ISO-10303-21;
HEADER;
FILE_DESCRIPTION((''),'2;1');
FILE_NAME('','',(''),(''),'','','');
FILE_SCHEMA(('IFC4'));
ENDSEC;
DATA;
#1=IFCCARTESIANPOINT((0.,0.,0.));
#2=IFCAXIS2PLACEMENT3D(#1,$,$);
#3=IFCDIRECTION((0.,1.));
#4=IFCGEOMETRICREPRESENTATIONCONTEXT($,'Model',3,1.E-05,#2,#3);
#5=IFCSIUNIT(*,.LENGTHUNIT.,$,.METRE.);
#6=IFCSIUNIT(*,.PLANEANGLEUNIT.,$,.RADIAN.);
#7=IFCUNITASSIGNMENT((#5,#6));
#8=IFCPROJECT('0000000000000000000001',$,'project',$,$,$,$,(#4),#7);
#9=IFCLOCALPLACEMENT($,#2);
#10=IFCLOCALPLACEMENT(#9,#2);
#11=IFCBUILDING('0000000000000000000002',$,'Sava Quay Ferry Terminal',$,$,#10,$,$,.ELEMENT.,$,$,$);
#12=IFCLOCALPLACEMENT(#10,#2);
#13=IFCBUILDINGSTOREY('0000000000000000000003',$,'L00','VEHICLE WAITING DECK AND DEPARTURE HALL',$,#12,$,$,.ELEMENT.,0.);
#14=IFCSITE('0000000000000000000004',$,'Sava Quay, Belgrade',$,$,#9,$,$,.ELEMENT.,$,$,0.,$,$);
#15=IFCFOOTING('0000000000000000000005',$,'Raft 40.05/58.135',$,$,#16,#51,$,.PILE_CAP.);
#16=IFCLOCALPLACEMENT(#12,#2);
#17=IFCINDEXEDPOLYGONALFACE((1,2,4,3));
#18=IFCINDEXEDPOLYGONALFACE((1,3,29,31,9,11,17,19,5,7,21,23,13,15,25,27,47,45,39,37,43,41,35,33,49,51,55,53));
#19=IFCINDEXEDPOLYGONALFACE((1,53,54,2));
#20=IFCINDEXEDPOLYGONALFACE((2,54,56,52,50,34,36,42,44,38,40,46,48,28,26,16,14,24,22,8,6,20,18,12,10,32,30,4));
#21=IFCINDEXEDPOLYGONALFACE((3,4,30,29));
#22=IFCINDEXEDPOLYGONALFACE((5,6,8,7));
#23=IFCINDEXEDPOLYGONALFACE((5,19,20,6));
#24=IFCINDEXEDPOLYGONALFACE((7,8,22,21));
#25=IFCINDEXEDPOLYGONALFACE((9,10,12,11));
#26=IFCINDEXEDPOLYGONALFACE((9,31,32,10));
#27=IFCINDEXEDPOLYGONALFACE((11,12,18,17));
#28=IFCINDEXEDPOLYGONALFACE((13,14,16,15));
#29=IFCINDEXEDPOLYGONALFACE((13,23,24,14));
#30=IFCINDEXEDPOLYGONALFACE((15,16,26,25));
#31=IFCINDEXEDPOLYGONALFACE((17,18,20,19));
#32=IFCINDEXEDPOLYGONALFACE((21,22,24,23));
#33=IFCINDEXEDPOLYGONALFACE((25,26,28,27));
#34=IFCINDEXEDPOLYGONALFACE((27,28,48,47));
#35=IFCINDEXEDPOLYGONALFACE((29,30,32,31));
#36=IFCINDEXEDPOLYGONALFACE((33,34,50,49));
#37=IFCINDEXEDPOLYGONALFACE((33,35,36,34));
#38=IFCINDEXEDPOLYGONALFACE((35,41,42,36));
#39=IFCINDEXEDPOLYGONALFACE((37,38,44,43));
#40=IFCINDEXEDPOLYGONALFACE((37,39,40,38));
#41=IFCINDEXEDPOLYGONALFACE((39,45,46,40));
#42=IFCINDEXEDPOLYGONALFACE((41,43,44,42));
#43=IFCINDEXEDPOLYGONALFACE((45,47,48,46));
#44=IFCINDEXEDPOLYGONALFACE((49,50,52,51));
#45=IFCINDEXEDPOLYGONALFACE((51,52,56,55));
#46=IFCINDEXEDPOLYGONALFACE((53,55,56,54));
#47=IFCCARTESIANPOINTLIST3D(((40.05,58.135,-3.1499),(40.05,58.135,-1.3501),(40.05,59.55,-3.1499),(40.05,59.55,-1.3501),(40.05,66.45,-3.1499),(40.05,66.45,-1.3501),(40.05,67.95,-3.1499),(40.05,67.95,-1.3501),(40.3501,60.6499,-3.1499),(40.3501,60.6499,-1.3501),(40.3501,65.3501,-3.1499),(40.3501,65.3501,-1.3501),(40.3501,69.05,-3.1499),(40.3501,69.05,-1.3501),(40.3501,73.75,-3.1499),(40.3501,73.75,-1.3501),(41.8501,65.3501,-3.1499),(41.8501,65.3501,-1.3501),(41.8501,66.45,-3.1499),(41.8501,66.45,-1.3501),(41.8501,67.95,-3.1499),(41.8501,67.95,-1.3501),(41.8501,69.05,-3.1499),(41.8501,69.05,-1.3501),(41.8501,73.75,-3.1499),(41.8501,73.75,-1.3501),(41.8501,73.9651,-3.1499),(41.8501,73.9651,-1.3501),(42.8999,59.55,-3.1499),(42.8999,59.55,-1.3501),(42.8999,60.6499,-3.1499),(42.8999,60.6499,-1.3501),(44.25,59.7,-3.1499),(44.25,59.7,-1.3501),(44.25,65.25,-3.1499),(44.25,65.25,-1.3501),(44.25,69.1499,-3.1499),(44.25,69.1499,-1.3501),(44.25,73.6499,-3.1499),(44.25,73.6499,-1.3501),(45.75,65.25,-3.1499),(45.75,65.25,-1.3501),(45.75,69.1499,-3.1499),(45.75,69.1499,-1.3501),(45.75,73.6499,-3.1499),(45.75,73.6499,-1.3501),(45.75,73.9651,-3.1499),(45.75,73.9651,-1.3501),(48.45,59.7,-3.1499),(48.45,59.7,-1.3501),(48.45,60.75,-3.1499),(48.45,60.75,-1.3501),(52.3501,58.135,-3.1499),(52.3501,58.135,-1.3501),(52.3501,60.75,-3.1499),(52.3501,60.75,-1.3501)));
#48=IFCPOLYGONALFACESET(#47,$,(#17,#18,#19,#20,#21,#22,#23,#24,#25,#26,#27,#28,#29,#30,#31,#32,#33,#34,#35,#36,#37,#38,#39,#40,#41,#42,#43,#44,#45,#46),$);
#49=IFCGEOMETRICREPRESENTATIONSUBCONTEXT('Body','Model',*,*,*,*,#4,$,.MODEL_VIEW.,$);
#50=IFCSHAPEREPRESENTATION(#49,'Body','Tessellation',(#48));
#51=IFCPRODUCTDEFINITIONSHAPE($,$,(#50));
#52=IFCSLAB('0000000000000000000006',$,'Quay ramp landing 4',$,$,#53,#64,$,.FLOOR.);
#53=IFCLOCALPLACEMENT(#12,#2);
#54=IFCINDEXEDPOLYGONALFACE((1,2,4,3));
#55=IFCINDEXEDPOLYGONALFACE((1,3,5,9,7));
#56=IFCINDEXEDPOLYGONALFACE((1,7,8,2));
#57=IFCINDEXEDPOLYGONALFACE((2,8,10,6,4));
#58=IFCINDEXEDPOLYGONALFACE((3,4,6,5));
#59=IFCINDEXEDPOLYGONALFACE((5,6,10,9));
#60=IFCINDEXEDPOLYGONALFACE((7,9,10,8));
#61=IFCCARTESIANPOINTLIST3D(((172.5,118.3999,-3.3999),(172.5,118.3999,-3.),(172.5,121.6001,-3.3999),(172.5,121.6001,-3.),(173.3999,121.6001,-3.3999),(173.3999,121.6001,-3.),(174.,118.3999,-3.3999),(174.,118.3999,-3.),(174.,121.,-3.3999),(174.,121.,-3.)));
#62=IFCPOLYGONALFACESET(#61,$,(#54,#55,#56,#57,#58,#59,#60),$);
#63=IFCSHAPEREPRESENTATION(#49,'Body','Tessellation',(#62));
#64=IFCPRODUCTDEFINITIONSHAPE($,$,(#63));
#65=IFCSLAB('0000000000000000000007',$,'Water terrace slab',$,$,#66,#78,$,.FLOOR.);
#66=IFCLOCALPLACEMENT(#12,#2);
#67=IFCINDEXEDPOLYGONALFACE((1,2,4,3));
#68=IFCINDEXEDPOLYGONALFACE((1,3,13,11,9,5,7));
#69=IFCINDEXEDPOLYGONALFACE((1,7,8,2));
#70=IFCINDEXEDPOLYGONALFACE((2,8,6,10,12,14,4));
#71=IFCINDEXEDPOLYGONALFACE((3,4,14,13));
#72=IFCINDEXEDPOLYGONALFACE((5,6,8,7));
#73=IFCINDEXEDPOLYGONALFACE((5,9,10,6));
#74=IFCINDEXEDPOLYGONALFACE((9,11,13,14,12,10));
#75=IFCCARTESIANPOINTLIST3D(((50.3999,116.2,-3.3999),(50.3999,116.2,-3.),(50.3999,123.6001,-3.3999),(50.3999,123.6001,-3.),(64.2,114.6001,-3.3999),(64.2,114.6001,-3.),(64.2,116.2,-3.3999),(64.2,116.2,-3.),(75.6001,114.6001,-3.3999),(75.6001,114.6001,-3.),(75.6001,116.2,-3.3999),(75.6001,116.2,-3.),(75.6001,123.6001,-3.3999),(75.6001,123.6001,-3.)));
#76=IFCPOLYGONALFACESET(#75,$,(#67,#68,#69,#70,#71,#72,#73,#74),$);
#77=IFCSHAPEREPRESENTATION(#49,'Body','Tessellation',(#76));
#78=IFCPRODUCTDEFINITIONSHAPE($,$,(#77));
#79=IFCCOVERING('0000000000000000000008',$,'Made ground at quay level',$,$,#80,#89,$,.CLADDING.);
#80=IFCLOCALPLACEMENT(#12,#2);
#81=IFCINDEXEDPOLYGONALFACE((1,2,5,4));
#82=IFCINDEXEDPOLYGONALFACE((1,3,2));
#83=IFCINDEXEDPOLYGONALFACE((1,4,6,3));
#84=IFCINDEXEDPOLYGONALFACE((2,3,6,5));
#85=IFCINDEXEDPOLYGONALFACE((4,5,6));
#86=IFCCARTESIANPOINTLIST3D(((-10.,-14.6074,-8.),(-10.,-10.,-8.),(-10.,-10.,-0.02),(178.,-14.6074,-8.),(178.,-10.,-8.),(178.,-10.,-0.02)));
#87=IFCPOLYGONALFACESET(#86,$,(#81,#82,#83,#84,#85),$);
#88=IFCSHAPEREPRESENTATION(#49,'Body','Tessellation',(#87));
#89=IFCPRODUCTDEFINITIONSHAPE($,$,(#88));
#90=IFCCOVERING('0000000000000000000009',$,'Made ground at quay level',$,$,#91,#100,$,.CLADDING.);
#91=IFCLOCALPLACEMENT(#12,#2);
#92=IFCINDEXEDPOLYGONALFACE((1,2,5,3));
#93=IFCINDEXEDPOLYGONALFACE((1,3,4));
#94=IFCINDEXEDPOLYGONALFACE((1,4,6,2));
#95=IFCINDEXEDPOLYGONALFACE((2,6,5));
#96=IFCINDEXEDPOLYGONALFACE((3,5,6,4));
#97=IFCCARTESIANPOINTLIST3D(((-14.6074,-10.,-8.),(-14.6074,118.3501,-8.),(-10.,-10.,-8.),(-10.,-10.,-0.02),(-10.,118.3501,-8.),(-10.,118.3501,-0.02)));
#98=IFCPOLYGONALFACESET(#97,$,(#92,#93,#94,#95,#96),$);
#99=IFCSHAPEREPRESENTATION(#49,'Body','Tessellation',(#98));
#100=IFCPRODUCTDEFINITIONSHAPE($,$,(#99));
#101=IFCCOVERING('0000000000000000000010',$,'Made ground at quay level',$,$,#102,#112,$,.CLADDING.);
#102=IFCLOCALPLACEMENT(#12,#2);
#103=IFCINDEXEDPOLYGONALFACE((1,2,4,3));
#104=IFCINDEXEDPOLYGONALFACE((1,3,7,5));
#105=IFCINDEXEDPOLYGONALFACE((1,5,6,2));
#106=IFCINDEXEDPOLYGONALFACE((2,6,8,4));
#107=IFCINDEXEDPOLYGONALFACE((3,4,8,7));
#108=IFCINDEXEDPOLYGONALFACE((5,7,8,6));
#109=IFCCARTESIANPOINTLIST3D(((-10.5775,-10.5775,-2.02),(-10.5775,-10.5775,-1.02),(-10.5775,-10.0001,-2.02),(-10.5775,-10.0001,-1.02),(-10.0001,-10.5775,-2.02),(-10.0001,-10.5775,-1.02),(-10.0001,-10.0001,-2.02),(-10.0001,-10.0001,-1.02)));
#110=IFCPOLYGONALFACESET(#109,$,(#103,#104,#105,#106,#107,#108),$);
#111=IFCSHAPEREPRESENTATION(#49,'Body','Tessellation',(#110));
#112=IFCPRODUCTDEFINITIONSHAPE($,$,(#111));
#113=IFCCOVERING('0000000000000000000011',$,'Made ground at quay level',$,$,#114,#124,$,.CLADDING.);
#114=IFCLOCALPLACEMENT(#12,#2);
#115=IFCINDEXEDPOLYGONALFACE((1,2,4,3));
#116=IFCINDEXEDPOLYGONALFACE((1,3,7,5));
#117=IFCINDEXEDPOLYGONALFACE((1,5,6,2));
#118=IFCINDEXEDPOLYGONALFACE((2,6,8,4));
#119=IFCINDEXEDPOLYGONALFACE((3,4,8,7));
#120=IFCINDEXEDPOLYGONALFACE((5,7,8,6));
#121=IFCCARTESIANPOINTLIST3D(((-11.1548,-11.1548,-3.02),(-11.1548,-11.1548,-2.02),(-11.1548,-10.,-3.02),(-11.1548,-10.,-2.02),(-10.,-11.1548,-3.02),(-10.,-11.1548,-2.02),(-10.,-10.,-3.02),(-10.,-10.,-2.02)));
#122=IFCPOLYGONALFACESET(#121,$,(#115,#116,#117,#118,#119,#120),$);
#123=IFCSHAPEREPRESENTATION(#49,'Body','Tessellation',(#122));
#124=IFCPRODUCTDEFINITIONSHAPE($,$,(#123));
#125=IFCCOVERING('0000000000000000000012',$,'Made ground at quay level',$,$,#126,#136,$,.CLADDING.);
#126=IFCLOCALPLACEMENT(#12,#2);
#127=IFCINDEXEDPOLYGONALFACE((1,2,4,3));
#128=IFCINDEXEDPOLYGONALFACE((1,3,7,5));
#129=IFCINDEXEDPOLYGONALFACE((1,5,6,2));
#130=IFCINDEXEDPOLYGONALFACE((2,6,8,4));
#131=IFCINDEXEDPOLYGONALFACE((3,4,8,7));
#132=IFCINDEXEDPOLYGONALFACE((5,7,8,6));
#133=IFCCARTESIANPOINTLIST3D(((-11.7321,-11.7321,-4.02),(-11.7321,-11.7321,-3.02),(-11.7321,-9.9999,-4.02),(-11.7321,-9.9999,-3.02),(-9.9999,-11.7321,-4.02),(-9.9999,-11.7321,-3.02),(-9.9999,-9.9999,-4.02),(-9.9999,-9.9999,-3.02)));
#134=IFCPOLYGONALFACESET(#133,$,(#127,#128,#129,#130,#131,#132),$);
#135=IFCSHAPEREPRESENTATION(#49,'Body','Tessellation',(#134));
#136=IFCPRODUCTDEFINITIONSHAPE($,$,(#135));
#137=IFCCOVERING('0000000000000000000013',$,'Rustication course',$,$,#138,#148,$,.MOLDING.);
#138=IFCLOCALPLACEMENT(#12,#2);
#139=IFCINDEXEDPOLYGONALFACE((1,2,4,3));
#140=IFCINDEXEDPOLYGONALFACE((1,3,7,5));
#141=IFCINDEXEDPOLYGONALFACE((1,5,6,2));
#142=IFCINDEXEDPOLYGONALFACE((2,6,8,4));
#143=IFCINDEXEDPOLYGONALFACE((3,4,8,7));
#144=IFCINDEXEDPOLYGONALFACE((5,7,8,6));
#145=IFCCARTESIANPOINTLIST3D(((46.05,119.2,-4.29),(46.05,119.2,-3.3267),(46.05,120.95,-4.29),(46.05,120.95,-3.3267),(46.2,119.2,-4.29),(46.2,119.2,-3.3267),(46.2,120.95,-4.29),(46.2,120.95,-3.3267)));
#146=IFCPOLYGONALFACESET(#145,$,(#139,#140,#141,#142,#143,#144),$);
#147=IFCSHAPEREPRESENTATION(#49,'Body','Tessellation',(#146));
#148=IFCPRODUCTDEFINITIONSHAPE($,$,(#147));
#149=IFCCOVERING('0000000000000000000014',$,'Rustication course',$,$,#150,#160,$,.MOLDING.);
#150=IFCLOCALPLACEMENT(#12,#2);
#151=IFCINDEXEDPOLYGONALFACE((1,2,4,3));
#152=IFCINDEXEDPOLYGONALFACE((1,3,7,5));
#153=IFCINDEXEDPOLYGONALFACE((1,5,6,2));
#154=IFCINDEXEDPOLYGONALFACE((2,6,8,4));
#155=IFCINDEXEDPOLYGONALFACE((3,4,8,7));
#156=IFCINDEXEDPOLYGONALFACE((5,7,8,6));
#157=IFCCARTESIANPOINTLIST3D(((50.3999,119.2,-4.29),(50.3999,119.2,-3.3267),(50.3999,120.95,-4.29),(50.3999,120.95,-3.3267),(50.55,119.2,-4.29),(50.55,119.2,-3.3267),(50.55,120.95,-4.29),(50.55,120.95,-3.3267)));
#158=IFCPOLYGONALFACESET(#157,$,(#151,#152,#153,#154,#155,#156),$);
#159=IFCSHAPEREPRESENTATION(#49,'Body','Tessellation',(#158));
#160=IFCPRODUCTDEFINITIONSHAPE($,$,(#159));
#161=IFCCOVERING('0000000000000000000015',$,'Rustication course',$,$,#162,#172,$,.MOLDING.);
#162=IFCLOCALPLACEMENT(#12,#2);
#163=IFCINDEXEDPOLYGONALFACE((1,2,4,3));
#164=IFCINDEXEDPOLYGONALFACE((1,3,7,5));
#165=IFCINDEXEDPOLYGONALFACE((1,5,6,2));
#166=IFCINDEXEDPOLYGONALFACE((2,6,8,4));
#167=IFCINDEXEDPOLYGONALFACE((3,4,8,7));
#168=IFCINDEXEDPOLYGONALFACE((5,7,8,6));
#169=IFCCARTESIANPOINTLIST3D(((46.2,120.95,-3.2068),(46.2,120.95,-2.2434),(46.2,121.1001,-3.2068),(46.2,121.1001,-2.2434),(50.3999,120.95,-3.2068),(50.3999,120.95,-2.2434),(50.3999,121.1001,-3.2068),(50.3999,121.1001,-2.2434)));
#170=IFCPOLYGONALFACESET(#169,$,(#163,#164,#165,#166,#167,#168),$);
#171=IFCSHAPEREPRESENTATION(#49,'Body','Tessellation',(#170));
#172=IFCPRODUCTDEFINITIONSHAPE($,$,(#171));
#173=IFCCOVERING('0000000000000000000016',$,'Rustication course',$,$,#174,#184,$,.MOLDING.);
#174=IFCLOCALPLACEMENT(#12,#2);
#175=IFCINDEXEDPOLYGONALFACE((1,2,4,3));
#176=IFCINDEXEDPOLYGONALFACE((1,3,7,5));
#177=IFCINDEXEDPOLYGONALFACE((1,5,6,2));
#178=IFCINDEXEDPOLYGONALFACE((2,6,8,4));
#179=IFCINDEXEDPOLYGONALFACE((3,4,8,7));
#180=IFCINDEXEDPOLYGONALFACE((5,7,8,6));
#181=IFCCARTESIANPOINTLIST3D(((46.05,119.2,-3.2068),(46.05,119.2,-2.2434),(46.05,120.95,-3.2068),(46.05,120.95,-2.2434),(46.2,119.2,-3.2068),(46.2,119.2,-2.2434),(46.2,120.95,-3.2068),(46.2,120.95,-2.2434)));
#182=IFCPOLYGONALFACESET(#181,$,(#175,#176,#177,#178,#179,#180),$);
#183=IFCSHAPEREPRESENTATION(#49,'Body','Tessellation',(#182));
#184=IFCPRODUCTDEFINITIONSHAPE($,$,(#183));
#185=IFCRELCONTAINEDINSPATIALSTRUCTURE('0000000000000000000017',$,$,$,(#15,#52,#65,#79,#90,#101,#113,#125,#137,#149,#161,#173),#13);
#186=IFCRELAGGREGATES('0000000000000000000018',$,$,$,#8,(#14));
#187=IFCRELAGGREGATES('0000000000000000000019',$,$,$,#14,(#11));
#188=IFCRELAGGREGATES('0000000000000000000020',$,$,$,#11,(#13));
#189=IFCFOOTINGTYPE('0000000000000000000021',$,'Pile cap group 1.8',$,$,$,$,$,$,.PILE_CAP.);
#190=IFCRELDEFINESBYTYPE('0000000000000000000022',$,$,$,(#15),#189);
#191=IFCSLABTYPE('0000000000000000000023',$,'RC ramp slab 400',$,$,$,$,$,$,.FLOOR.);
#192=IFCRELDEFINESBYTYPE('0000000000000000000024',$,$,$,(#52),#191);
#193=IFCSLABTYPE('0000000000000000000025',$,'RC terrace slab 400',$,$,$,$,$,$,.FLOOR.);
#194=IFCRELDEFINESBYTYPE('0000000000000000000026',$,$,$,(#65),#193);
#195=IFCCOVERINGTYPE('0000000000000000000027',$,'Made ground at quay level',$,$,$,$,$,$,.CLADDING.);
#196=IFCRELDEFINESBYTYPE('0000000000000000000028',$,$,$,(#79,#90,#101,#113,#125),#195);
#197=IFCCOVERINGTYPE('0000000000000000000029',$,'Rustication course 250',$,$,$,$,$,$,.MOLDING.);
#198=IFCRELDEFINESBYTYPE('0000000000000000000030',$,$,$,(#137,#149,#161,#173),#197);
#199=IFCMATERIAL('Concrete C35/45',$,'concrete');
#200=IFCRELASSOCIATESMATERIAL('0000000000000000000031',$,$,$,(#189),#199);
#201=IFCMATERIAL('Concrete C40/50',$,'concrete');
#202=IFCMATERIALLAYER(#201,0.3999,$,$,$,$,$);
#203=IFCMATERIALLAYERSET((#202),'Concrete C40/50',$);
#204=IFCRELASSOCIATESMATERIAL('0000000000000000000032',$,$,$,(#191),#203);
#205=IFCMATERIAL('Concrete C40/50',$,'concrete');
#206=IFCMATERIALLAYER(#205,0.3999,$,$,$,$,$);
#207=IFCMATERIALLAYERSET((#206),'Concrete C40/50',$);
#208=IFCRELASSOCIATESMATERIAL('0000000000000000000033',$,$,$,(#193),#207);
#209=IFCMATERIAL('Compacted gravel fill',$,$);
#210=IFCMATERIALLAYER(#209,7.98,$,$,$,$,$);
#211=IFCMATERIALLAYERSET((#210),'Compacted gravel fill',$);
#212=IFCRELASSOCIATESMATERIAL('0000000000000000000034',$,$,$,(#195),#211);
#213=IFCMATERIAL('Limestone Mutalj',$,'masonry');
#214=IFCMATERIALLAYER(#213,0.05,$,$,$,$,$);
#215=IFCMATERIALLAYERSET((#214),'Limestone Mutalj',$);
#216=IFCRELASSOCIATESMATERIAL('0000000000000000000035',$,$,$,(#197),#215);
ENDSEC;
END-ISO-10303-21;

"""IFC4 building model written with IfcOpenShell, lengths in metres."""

from ifc_helpers import new_model, si_unit, direction, frame, origin, origin_2d, place, context, subcontext, project, spatial, polyline, rectangle, outline, extrude, material, layer, layer_set, type_object, element, save


model = new_model("IFC4")

# Units and contexts
model_context = context("Model", 3, precision=1e-05, world=origin(), true_north=direction((0.0, 1.0)))
body_context = subcontext(model_context, "Body", "Model", "MODEL_VIEW")
ifc_project = project(units=[si_unit("LENGTHUNIT", "METRE"), si_unit("PLANEANGLEUNIT", "RADIAN")], contexts=[model_context])

# Site, building, storey
site_placement = place(None, origin())
site = spatial("IfcSite", under=ifc_project, at=site_placement, Name="Sava Quay, Belgrade", CompositionType="ELEMENT", RefElevation=0.0)
building_placement = place(site_placement, origin())
building = spatial("IfcBuilding", under=site, at=building_placement, Name="Sava Quay Ferry Terminal", CompositionType="ELEMENT")
storey_placement = place(building_placement, origin())
storey = spatial("IfcBuildingStorey", under=building, at=storey_placement, Name="L00", Description="VEHICLE WAITING DECK AND DEPARTURE HALL", CompositionType="ELEMENT", Elevation=0.0)

# Footing
ifc_material_1 = material(Name="Concrete C35/45", Category="concrete")
footing_type = type_object("IfcFootingType", Name="Pile cap group 1.8", PredefinedType="PILE_CAP", material=ifc_material_1)
footing_1_placement = place(storey_placement, frame((0.0, 0.0, -3.1499)))
element("IfcFooting", 1, at=footing_1_placement, inside=storey, type_object=footing_type, Name="Raft 40.05/58.135", PredefinedType="PILE_CAP", context=body_context, shape_type="SweptSolid", body=[
    extrude(outline(polyline([(40.05, 59.55), (42.8999, 59.55), (42.8999, 60.6499), (40.3501, 60.6499), (40.3501, 65.3501), (41.8501, 65.3501), (41.8501, 66.45), (40.05, 66.45), (40.05, 67.95), (41.8501, 67.95), (41.8501, 69.05), (40.3501, 69.05), (40.3501, 73.75), (41.8501, 73.75), (41.8501, 73.9651), (45.75, 73.9651), (45.75, 73.6499), (44.25, 73.6499), (44.25, 69.1499), (45.75, 69.1499), (45.75, 65.25), (44.25, 65.25), (44.25, 59.7), (48.45, 59.7), (48.45, 60.75), (52.3501, 60.75), (52.3501, 58.135), (40.05, 58.135), (40.05, 59.55)])), origin(), (0.0, 0.0, 1.0), 1.7998),
])

# Slabs
ifc_material_2 = material(Name="Concrete C40/50", Category="concrete")
ifc_layer_1 = layer(ifc_material_2, 0.3999)
ifc_layer_set_1 = layer_set([ifc_layer_1], Name="Concrete C40/50")
slab_type_1 = type_object("IfcSlabType", Name="RC ramp slab 400", PredefinedType="FLOOR", material=ifc_layer_set_1)
slab_1_placement = place(storey_placement, frame((0.0, 0.0, -3.3999)))
element("IfcSlab", 2, at=slab_1_placement, inside=storey, type_object=slab_type_1, Name="Quay ramp landing 4", PredefinedType="FLOOR", context=body_context, shape_type="SweptSolid", body=[
    extrude(outline(polyline([(172.5, 118.3999), (174.0, 118.3999), (174.0, 121.0), (173.3999, 121.6001), (172.5, 121.6001), (172.5, 118.3999)])), origin(), (0.0, 0.0, 1.0), 0.3999),
])
ifc_material_3 = material(Name="Concrete C40/50", Category="concrete")
ifc_layer_2 = layer(ifc_material_3, 0.3999)
ifc_layer_set_2 = layer_set([ifc_layer_2], Name="Concrete C40/50")
slab_type_2 = type_object("IfcSlabType", Name="RC terrace slab 400", PredefinedType="FLOOR", material=ifc_layer_set_2)
slab_2_placement = place(storey_placement, frame((0.0, 0.0, -3.3999)))
element("IfcSlab", 3, at=slab_2_placement, inside=storey, type_object=slab_type_2, Name="Water terrace slab", PredefinedType="FLOOR", context=body_context, shape_type="SweptSolid", body=[
    extrude(outline(polyline([(75.6001, 114.6001), (64.2, 114.6001), (64.2, 116.2), (50.3999, 116.2), (50.3999, 123.6001), (75.6001, 123.6001), (75.6001, 116.2), (75.6001, 114.6001)])), origin(), (0.0, 0.0, 1.0), 0.3999),
])

# Coverings
ifc_material_4 = material(Name="Compacted gravel fill")
ifc_layer_3 = layer(ifc_material_4, 7.98)
ifc_layer_set_3 = layer_set([ifc_layer_3], Name="Compacted gravel fill")
covering_type_1 = type_object("IfcCoveringType", Name="Made ground at quay level", PredefinedType="CLADDING", material=ifc_layer_set_3)
covering_1_placement = place(storey_placement, frame((-10.0, -10.0, -0.02), z_axis=(1.0, 0.0, 0.0), x_axis=(0.0, 1.0, 0.0)))
element("IfcCovering", 4, at=covering_1_placement, inside=storey, type_object=covering_type_1, Name="Made ground at quay level", PredefinedType="CLADDING", context=body_context, shape_type="SweptSolid", body=[
    extrude(outline(polyline([(0.0, 0.0), (-4.6074, -7.98), (0.0, -7.98), (0.0, 0.0)])), origin(), (0.0, 0.0, 1.0), 188.0),
])
covering_2_placement = place(storey_placement, frame((-10.0, -10.0, -0.02), z_axis=(0.0, 1.0, 0.0), x_axis=(-1.0, 0.0, 0.0)))
element("IfcCovering", 5, at=covering_2_placement, inside=storey, type_object=covering_type_1, Name="Made ground at quay level", PredefinedType="CLADDING", context=body_context, shape_type="SweptSolid", body=[
    extrude(outline(polyline([(0.0, 0.0), (4.6074, -7.98), (0.0, -7.98), (0.0, 0.0)])), origin(), (0.0, 0.0, 1.0), 128.3501),
])
covering_3_placement = place(storey_placement, frame((-10.2888, -10.2888, -2.02), z_axis=(0.0, 0.0, 1.0), x_axis=(1.0, 0.0, 0.0)))
element("IfcCovering", 6, at=covering_3_placement, inside=storey, type_object=covering_type_1, Name="Made ground at quay level", PredefinedType="CLADDING", context=body_context, shape_type="SweptSolid", body=[
    extrude(rectangle(XDim=0.5774, YDim=0.5774, at=origin_2d()), origin(), (0.0, 0.0, 1.0), 1.0),
])
covering_4_placement = place(storey_placement, frame((-10.5774, -10.5774, -3.02), z_axis=(0.0, 0.0, 1.0), x_axis=(1.0, 0.0, 0.0)))
element("IfcCovering", 7, at=covering_4_placement, inside=storey, type_object=covering_type_1, Name="Made ground at quay level", PredefinedType="CLADDING", context=body_context, shape_type="SweptSolid", body=[
    extrude(rectangle(XDim=1.1548, YDim=1.1548, at=origin_2d()), origin(), (0.0, 0.0, 1.0), 1.0),
])
covering_5_placement = place(storey_placement, frame((-10.866, -10.866, -4.02), z_axis=(0.0, 0.0, 1.0), x_axis=(1.0, 0.0, 0.0)))
element("IfcCovering", 8, at=covering_5_placement, inside=storey, type_object=covering_type_1, Name="Made ground at quay level", PredefinedType="CLADDING", context=body_context, shape_type="SweptSolid", body=[
    extrude(rectangle(XDim=1.7322, YDim=1.7322, at=origin_2d()), origin(), (0.0, 0.0, 1.0), 1.0),
])
ifc_material_5 = material(Name="Limestone Mutalj", Category="masonry")
ifc_layer_4 = layer(ifc_material_5, 0.05)
ifc_layer_set_4 = layer_set([ifc_layer_4], Name="Limestone Mutalj")
covering_type_2 = type_object("IfcCoveringType", Name="Rustication course 250", PredefinedType="MOLDING", material=ifc_layer_set_4)
covering_6_placement = place(storey_placement, frame((0.0, 0.0, -4.29)))
element("IfcCovering", 9, at=covering_6_placement, inside=storey, type_object=covering_type_2, Name="Rustication course", PredefinedType="MOLDING", context=body_context, shape_type="SweptSolid", body=[
    extrude(outline(polyline([(46.05, 119.2), (46.2, 119.2), (46.2, 120.95), (46.05, 120.95), (46.05, 119.2)])), origin(), (0.0, 0.0, 1.0), 0.9634),
])
covering_7_placement = place(storey_placement, frame((0.0, 0.0, -4.29)))
element("IfcCovering", 10, at=covering_7_placement, inside=storey, type_object=covering_type_2, Name="Rustication course", PredefinedType="MOLDING", context=body_context, shape_type="SweptSolid", body=[
    extrude(outline(polyline([(50.3999, 119.2), (50.55, 119.2), (50.55, 120.95), (50.3999, 120.95), (50.3999, 119.2)])), origin(), (0.0, 0.0, 1.0), 0.9634),
])
covering_8_placement = place(storey_placement, frame((0.0, 0.0, -3.2068)))
element("IfcCovering", 11, at=covering_8_placement, inside=storey, type_object=covering_type_2, Name="Rustication course", PredefinedType="MOLDING", context=body_context, shape_type="SweptSolid", body=[
    extrude(outline(polyline([(46.2, 120.95), (50.3999, 120.95), (50.3999, 121.1001), (46.2, 121.1001), (46.2, 120.95)])), origin(), (0.0, 0.0, 1.0), 0.9634),
])
covering_9_placement = place(storey_placement, frame((0.0, 0.0, -3.2068)))
element("IfcCovering", 12, at=covering_9_placement, inside=storey, type_object=covering_type_2, Name="Rustication course", PredefinedType="MOLDING", context=body_context, shape_type="SweptSolid", body=[
    extrude(outline(polyline([(46.05, 119.2), (46.2, 119.2), (46.2, 120.95), (46.05, 120.95), (46.05, 119.2)])), origin(), (0.0, 0.0, 1.0), 0.9634),
])

save(model, "model.ifc")
